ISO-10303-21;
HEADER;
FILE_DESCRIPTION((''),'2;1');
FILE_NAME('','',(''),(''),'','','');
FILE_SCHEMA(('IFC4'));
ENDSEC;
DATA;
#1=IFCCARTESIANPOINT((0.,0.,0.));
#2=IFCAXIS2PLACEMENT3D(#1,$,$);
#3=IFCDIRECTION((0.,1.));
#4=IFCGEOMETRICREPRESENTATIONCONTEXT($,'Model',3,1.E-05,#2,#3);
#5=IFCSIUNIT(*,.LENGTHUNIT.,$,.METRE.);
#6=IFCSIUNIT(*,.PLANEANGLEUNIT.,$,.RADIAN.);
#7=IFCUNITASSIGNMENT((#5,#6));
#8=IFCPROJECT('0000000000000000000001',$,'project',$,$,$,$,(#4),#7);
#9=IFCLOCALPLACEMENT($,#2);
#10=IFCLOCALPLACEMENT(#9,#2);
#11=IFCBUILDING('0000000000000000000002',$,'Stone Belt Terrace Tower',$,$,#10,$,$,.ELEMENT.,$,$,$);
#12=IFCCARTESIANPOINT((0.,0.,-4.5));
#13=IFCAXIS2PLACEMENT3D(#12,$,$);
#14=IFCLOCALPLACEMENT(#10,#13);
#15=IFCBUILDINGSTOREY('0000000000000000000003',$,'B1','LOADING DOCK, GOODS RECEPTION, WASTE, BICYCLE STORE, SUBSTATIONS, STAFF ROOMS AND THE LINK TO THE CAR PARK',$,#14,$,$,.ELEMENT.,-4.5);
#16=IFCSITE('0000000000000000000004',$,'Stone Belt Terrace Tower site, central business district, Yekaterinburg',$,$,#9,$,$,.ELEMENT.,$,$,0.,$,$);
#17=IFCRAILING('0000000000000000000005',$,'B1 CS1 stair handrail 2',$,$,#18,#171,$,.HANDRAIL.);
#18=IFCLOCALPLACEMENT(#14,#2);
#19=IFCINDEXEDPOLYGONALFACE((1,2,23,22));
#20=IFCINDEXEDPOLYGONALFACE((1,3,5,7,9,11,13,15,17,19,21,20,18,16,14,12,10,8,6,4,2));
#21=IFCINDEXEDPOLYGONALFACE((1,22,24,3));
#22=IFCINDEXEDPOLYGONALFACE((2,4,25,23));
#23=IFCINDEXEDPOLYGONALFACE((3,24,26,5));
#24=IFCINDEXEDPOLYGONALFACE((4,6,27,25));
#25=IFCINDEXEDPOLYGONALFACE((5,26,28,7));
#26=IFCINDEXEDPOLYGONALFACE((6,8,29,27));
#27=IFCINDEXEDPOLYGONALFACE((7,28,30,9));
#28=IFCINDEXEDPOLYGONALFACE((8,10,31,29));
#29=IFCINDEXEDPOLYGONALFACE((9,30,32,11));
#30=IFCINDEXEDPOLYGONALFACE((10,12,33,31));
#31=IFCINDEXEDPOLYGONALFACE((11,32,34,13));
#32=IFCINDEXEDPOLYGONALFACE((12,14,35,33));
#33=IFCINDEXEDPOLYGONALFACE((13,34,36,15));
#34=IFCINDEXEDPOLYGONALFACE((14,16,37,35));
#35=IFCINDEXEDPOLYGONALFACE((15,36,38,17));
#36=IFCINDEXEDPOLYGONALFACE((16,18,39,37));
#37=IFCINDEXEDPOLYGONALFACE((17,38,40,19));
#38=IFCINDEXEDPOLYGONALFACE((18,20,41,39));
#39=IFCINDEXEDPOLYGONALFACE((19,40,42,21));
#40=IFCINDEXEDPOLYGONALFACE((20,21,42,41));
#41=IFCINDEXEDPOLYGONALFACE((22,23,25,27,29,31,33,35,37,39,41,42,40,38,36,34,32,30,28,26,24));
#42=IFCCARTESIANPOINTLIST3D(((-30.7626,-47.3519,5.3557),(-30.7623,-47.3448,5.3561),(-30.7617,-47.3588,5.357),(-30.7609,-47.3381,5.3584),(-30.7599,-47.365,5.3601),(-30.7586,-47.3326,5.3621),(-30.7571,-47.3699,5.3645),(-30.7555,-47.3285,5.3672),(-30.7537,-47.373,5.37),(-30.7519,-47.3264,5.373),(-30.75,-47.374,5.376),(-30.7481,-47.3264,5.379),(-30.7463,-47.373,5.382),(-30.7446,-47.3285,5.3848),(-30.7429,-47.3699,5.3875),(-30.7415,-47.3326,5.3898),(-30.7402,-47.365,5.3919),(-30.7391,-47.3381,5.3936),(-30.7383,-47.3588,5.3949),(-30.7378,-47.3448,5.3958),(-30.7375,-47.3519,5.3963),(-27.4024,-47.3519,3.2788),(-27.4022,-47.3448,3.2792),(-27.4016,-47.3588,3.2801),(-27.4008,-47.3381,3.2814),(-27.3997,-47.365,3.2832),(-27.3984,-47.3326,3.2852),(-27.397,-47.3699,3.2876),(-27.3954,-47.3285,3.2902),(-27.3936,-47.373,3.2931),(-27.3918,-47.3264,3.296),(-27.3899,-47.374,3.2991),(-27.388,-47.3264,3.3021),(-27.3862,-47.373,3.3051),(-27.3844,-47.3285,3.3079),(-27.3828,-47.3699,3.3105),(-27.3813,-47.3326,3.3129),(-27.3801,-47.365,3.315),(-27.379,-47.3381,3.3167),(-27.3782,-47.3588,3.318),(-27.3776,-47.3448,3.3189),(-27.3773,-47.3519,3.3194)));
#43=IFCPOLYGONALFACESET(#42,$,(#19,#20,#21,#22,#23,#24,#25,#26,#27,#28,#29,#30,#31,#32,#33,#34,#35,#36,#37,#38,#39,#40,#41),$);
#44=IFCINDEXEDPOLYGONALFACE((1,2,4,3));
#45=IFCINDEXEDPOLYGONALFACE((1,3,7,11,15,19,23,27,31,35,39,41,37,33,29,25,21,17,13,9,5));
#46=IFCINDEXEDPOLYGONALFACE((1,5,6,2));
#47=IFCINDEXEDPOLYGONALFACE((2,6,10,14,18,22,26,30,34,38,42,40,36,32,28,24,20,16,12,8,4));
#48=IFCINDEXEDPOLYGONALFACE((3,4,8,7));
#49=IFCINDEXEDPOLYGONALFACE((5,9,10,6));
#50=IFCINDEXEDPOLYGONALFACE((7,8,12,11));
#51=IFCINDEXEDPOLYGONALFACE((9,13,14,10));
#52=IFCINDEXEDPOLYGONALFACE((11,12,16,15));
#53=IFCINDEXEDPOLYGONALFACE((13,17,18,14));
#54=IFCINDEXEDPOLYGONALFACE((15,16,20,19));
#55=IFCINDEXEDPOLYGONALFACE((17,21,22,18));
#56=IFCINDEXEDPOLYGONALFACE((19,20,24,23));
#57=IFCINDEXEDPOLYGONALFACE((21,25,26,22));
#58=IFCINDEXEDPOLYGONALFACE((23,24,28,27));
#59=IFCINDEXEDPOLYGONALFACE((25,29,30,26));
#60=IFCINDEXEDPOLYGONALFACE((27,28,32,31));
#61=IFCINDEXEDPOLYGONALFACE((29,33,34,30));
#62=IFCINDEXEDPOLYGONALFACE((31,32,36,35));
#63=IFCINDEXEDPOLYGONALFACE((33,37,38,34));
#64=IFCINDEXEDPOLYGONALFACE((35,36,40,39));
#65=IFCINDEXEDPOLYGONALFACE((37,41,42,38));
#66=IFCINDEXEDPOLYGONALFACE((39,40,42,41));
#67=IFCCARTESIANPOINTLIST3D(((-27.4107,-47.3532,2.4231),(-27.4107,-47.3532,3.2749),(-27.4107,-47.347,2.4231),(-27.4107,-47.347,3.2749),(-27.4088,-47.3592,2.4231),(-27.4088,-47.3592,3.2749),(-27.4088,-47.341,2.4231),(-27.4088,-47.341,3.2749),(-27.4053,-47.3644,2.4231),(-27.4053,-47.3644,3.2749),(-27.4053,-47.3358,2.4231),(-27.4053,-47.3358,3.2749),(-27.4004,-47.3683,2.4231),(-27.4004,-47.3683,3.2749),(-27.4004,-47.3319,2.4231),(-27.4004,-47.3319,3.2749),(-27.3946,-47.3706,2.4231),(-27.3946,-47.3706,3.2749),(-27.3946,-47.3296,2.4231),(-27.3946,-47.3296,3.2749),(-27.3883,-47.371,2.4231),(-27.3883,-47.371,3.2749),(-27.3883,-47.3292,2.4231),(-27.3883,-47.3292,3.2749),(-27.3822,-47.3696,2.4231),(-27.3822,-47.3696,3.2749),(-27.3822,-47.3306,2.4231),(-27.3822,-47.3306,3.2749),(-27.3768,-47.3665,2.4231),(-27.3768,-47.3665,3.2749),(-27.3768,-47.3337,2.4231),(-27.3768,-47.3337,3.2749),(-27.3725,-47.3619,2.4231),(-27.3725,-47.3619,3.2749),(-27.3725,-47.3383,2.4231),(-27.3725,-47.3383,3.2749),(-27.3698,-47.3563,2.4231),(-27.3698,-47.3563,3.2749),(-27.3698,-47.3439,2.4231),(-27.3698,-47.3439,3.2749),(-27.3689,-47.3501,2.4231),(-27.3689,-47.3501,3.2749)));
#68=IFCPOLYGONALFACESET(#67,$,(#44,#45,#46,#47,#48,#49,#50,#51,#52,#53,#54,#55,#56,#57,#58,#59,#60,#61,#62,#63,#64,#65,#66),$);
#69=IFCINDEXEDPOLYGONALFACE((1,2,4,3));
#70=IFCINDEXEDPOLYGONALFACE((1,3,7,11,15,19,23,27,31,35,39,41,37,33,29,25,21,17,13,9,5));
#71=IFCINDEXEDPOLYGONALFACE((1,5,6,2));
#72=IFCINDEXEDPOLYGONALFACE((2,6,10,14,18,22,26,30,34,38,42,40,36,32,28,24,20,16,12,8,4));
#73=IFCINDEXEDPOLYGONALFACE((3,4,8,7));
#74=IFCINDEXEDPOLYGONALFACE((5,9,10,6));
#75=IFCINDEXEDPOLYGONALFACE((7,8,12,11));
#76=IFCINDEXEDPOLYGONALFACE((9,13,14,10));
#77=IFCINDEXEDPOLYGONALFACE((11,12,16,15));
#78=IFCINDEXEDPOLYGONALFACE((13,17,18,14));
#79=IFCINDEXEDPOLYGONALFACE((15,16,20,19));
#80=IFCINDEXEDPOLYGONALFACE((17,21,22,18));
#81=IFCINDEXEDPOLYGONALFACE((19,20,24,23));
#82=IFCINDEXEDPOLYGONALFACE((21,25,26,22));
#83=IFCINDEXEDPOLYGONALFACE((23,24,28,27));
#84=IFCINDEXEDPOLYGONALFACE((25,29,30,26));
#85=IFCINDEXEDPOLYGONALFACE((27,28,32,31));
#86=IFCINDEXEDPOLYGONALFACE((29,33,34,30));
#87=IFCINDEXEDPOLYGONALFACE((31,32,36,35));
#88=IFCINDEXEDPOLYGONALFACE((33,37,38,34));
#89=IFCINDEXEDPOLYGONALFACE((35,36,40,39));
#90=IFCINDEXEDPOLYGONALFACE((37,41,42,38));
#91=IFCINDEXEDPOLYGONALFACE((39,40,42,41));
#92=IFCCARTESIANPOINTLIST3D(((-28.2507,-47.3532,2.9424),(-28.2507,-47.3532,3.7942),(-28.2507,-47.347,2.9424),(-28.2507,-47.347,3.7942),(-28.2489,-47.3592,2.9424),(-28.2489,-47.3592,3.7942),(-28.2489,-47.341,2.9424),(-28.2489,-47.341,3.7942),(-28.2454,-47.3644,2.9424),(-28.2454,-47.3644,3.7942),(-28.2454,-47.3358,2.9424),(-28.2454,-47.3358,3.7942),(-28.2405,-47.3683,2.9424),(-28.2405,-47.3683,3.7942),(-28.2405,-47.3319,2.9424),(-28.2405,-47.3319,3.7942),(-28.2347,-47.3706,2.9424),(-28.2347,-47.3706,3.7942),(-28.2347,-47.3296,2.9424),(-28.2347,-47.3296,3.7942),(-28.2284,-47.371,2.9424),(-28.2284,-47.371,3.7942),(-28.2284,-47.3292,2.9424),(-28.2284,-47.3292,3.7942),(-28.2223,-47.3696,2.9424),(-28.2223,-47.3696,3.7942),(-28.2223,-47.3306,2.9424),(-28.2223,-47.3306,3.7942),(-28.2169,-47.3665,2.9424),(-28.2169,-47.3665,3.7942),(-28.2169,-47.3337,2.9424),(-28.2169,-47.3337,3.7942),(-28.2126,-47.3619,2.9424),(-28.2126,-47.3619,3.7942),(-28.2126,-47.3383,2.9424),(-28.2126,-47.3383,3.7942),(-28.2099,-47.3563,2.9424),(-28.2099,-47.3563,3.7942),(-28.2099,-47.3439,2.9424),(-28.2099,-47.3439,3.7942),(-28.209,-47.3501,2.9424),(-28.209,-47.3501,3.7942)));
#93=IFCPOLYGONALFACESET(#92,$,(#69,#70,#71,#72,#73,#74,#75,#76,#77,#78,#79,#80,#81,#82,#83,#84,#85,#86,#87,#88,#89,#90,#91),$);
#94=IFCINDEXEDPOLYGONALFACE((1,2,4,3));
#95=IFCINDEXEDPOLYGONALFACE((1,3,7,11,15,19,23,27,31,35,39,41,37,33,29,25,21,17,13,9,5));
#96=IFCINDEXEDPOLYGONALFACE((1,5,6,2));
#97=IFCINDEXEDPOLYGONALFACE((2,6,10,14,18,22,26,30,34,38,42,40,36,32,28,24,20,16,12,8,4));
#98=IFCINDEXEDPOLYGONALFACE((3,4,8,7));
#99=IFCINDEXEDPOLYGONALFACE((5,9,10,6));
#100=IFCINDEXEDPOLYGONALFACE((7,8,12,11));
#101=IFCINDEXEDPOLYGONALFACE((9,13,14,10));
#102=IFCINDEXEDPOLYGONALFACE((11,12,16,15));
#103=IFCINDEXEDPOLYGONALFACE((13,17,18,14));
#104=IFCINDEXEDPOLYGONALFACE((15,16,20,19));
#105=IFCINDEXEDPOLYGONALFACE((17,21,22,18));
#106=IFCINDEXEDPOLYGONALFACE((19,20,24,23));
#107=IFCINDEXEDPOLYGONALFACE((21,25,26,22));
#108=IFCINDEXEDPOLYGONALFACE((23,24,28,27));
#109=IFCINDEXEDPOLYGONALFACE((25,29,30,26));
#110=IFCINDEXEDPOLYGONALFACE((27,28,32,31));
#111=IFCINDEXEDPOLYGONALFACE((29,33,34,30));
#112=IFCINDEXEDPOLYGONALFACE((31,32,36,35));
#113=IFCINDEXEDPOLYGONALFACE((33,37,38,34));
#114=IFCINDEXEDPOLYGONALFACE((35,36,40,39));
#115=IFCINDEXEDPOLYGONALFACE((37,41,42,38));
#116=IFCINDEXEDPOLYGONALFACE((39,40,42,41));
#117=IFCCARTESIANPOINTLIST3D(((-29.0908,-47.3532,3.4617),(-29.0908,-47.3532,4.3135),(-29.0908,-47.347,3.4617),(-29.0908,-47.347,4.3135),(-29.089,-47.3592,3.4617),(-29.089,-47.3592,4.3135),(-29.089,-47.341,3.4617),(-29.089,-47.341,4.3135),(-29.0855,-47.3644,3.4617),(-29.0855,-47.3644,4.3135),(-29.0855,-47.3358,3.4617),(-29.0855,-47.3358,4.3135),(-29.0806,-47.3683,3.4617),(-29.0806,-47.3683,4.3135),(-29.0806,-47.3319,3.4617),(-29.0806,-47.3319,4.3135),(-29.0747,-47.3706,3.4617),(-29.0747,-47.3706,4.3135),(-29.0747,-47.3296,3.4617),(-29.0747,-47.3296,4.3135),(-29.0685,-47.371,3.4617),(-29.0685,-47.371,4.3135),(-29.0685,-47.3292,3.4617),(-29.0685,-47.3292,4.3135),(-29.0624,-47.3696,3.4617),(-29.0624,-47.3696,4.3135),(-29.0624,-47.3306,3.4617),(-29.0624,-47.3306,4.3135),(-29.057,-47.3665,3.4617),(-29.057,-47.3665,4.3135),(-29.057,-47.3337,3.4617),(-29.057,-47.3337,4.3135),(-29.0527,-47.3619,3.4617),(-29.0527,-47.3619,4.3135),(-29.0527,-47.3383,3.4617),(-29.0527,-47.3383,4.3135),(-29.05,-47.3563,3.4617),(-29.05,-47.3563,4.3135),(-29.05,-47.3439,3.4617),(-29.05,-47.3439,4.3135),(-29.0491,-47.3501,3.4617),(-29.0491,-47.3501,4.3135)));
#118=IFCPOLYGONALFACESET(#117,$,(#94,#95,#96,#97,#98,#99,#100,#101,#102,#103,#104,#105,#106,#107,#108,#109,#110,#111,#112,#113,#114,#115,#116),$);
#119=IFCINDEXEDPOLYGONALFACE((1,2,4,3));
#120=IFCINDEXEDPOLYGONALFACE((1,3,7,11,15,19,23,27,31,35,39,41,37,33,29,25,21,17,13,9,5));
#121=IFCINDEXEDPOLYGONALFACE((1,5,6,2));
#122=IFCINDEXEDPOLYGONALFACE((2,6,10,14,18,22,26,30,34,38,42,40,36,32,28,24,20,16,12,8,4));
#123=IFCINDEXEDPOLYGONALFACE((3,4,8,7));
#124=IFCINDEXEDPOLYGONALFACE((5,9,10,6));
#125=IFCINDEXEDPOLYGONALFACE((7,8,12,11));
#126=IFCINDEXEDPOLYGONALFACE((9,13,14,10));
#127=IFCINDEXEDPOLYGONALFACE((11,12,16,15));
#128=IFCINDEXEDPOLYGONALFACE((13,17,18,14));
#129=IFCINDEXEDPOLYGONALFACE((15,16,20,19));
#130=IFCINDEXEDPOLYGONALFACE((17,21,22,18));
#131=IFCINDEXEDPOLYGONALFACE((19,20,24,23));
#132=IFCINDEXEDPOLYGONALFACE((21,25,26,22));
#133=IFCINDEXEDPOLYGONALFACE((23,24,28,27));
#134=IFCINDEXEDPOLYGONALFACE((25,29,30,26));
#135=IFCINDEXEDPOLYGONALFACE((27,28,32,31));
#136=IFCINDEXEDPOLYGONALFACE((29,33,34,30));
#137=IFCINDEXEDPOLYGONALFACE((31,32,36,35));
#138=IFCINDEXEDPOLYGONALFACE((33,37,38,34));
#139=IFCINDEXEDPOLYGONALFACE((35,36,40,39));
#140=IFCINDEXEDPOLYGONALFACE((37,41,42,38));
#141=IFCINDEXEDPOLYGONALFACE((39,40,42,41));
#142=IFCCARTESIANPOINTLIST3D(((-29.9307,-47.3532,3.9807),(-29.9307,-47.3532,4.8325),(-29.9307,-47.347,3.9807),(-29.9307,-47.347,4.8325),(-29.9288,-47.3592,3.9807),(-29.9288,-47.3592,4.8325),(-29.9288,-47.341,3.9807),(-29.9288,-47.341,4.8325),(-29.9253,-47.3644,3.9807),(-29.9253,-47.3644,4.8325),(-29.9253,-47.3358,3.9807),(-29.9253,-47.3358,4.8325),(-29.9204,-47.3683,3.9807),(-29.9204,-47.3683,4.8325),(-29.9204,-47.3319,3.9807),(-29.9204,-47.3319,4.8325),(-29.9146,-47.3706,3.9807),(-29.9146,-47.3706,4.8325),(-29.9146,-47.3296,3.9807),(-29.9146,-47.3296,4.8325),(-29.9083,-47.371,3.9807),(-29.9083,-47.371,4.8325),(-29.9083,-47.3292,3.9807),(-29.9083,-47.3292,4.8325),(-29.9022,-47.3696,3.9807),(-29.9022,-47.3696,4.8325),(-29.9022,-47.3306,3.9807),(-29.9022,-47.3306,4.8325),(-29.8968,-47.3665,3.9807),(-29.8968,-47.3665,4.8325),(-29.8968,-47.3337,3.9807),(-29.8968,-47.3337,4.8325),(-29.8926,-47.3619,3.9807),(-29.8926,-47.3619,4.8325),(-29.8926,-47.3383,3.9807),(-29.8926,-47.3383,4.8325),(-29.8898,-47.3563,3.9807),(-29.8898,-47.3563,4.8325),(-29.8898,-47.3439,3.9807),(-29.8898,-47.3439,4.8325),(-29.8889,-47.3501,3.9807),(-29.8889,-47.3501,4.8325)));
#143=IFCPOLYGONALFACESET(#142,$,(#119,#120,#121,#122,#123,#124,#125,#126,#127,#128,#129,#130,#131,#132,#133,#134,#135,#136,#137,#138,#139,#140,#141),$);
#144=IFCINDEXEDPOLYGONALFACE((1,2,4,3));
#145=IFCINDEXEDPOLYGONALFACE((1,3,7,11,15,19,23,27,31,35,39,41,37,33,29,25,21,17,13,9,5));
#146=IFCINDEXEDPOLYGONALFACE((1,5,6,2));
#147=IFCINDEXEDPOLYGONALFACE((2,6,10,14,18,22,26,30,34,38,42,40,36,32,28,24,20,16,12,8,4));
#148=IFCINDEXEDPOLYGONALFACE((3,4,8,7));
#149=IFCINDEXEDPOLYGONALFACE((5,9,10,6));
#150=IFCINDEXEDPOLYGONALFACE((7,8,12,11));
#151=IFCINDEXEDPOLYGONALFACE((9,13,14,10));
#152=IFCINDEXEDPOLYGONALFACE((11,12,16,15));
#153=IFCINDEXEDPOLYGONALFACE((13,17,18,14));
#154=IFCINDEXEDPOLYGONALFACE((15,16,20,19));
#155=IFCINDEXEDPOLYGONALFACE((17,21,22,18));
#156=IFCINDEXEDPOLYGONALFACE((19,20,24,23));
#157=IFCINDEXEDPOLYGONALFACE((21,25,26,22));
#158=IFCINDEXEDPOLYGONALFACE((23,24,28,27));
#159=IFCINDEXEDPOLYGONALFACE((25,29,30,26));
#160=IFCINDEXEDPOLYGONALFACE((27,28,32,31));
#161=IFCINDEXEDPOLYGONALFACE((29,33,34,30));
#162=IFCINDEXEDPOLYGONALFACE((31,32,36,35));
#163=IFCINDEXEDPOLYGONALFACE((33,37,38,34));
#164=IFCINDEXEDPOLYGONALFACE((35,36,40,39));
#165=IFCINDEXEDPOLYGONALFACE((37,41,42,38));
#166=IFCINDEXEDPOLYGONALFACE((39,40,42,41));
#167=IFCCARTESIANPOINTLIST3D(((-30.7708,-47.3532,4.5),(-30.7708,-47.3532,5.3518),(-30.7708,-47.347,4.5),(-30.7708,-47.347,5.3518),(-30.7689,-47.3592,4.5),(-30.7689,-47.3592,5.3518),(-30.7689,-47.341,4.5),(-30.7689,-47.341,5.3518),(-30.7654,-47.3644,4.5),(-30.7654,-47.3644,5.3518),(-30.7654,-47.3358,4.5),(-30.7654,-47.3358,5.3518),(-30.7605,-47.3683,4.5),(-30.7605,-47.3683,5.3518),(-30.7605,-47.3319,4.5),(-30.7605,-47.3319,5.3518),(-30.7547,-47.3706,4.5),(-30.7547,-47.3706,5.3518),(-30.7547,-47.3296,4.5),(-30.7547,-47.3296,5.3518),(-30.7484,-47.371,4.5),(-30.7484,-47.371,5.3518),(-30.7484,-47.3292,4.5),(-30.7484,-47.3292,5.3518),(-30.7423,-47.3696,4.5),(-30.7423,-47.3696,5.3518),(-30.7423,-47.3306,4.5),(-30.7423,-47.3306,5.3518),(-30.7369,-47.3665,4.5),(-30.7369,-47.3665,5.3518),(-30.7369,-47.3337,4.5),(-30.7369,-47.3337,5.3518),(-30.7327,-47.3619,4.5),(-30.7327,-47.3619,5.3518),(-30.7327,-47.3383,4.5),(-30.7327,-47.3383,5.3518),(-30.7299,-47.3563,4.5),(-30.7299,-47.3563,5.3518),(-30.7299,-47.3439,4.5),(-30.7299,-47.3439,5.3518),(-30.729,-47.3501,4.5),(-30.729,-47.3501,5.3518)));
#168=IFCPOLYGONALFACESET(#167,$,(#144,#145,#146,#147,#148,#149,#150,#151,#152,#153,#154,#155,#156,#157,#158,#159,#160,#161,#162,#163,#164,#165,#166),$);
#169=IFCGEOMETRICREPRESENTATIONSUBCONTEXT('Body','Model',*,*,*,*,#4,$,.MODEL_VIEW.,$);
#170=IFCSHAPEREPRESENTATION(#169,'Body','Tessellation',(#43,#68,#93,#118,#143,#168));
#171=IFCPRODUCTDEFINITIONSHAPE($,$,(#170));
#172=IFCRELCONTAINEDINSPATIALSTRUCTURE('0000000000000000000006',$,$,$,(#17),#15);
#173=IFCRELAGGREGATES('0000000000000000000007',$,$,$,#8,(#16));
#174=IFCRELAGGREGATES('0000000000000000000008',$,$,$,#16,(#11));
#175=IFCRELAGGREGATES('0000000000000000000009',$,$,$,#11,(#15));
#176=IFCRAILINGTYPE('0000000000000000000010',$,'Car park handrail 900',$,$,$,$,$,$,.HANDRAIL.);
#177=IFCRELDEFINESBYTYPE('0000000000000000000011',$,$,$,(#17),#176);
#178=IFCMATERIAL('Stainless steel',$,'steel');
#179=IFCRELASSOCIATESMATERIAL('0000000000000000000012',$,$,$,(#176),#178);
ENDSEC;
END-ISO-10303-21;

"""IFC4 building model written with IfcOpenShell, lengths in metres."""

from ifc_helpers import new_model, si_unit, direction, frame, origin, origin_2d, place, context, subcontext, project, spatial, circle, extrude, material, type_object, element, save


model = new_model("IFC4")

# Units and contexts
model_context = context("Model", 3, precision=1e-05, world=origin(), true_north=direction((0.0, 1.0)))
body_context = subcontext(model_context, "Body", "Model", "MODEL_VIEW")
ifc_project = project(units=[si_unit("LENGTHUNIT", "METRE"), si_unit("PLANEANGLEUNIT", "RADIAN")], contexts=[model_context])

# Site, building, storey
site_placement = place(None, origin())
site = spatial("IfcSite", under=ifc_project, at=site_placement, Name="Stone Belt Terrace Tower site, central business district, Yekaterinburg", CompositionType="ELEMENT", RefElevation=0.0)
building_placement = place(site_placement, origin())
building = spatial("IfcBuilding", under=site, at=building_placement, Name="Stone Belt Terrace Tower", CompositionType="ELEMENT")
storey_placement = place(building_placement, frame((0.0, 0.0, -4.5)))
storey = spatial("IfcBuildingStorey", under=building, at=storey_placement, Name="B1", Description="LOADING DOCK, GOODS RECEPTION, WASTE, BICYCLE STORE, SUBSTATIONS, STAFF ROOMS AND THE LINK TO THE CAR PARK", CompositionType="ELEMENT", Elevation=-4.5)

# Railing
ifc_material_1 = material(Name="Stainless steel", Category="steel")
railing_type_1 = type_object("IfcRailingType", Name="Car park handrail 900", PredefinedType="HANDRAIL", material=ifc_material_1)
railing_1_placement = place(storey_placement, frame((-27.3899, -47.3501, 2.4231)))
element("IfcRailing", 1, at=railing_1_placement, inside=storey, type_object=railing_type_1, Name="B1 CS1 stair handrail 2", PredefinedType="HANDRAIL", context=body_context, shape_type="SweptSolid", body=[
    extrude(circle(Radius=0.0239, at=origin_2d()), frame((0.0, 0.0, 0.876), z_axis=(-0.850623, 0.0, 0.525776), x_axis=(0.0, -1.0, 0.0)), (0.0, 0.0, 1.0), 3.9502),
    extrude(circle(Radius=0.021, at=origin_2d()), origin(), (0.0, 0.0, 1.0), 0.8518),
    extrude(circle(Radius=0.021, at=origin_2d()), frame((-0.8401, 0.0, 0.5193)), (0.0, 0.0, 1.0), 0.8518),
    extrude(circle(Radius=0.021, at=origin_2d()), frame((-1.6802, 0.0, 1.0386)), (0.0, 0.0, 1.0), 0.8518),
    extrude(circle(Radius=0.021, at=origin_2d()), frame((-2.52, 0.0, 1.5576)), (0.0, 0.0, 1.0), 0.8518),
    extrude(circle(Radius=0.021, at=origin_2d()), frame((-3.3601, 0.0, 2.0769)), (0.0, 0.0, 1.0), 0.8518),
])

save(model, "model.ifc")
